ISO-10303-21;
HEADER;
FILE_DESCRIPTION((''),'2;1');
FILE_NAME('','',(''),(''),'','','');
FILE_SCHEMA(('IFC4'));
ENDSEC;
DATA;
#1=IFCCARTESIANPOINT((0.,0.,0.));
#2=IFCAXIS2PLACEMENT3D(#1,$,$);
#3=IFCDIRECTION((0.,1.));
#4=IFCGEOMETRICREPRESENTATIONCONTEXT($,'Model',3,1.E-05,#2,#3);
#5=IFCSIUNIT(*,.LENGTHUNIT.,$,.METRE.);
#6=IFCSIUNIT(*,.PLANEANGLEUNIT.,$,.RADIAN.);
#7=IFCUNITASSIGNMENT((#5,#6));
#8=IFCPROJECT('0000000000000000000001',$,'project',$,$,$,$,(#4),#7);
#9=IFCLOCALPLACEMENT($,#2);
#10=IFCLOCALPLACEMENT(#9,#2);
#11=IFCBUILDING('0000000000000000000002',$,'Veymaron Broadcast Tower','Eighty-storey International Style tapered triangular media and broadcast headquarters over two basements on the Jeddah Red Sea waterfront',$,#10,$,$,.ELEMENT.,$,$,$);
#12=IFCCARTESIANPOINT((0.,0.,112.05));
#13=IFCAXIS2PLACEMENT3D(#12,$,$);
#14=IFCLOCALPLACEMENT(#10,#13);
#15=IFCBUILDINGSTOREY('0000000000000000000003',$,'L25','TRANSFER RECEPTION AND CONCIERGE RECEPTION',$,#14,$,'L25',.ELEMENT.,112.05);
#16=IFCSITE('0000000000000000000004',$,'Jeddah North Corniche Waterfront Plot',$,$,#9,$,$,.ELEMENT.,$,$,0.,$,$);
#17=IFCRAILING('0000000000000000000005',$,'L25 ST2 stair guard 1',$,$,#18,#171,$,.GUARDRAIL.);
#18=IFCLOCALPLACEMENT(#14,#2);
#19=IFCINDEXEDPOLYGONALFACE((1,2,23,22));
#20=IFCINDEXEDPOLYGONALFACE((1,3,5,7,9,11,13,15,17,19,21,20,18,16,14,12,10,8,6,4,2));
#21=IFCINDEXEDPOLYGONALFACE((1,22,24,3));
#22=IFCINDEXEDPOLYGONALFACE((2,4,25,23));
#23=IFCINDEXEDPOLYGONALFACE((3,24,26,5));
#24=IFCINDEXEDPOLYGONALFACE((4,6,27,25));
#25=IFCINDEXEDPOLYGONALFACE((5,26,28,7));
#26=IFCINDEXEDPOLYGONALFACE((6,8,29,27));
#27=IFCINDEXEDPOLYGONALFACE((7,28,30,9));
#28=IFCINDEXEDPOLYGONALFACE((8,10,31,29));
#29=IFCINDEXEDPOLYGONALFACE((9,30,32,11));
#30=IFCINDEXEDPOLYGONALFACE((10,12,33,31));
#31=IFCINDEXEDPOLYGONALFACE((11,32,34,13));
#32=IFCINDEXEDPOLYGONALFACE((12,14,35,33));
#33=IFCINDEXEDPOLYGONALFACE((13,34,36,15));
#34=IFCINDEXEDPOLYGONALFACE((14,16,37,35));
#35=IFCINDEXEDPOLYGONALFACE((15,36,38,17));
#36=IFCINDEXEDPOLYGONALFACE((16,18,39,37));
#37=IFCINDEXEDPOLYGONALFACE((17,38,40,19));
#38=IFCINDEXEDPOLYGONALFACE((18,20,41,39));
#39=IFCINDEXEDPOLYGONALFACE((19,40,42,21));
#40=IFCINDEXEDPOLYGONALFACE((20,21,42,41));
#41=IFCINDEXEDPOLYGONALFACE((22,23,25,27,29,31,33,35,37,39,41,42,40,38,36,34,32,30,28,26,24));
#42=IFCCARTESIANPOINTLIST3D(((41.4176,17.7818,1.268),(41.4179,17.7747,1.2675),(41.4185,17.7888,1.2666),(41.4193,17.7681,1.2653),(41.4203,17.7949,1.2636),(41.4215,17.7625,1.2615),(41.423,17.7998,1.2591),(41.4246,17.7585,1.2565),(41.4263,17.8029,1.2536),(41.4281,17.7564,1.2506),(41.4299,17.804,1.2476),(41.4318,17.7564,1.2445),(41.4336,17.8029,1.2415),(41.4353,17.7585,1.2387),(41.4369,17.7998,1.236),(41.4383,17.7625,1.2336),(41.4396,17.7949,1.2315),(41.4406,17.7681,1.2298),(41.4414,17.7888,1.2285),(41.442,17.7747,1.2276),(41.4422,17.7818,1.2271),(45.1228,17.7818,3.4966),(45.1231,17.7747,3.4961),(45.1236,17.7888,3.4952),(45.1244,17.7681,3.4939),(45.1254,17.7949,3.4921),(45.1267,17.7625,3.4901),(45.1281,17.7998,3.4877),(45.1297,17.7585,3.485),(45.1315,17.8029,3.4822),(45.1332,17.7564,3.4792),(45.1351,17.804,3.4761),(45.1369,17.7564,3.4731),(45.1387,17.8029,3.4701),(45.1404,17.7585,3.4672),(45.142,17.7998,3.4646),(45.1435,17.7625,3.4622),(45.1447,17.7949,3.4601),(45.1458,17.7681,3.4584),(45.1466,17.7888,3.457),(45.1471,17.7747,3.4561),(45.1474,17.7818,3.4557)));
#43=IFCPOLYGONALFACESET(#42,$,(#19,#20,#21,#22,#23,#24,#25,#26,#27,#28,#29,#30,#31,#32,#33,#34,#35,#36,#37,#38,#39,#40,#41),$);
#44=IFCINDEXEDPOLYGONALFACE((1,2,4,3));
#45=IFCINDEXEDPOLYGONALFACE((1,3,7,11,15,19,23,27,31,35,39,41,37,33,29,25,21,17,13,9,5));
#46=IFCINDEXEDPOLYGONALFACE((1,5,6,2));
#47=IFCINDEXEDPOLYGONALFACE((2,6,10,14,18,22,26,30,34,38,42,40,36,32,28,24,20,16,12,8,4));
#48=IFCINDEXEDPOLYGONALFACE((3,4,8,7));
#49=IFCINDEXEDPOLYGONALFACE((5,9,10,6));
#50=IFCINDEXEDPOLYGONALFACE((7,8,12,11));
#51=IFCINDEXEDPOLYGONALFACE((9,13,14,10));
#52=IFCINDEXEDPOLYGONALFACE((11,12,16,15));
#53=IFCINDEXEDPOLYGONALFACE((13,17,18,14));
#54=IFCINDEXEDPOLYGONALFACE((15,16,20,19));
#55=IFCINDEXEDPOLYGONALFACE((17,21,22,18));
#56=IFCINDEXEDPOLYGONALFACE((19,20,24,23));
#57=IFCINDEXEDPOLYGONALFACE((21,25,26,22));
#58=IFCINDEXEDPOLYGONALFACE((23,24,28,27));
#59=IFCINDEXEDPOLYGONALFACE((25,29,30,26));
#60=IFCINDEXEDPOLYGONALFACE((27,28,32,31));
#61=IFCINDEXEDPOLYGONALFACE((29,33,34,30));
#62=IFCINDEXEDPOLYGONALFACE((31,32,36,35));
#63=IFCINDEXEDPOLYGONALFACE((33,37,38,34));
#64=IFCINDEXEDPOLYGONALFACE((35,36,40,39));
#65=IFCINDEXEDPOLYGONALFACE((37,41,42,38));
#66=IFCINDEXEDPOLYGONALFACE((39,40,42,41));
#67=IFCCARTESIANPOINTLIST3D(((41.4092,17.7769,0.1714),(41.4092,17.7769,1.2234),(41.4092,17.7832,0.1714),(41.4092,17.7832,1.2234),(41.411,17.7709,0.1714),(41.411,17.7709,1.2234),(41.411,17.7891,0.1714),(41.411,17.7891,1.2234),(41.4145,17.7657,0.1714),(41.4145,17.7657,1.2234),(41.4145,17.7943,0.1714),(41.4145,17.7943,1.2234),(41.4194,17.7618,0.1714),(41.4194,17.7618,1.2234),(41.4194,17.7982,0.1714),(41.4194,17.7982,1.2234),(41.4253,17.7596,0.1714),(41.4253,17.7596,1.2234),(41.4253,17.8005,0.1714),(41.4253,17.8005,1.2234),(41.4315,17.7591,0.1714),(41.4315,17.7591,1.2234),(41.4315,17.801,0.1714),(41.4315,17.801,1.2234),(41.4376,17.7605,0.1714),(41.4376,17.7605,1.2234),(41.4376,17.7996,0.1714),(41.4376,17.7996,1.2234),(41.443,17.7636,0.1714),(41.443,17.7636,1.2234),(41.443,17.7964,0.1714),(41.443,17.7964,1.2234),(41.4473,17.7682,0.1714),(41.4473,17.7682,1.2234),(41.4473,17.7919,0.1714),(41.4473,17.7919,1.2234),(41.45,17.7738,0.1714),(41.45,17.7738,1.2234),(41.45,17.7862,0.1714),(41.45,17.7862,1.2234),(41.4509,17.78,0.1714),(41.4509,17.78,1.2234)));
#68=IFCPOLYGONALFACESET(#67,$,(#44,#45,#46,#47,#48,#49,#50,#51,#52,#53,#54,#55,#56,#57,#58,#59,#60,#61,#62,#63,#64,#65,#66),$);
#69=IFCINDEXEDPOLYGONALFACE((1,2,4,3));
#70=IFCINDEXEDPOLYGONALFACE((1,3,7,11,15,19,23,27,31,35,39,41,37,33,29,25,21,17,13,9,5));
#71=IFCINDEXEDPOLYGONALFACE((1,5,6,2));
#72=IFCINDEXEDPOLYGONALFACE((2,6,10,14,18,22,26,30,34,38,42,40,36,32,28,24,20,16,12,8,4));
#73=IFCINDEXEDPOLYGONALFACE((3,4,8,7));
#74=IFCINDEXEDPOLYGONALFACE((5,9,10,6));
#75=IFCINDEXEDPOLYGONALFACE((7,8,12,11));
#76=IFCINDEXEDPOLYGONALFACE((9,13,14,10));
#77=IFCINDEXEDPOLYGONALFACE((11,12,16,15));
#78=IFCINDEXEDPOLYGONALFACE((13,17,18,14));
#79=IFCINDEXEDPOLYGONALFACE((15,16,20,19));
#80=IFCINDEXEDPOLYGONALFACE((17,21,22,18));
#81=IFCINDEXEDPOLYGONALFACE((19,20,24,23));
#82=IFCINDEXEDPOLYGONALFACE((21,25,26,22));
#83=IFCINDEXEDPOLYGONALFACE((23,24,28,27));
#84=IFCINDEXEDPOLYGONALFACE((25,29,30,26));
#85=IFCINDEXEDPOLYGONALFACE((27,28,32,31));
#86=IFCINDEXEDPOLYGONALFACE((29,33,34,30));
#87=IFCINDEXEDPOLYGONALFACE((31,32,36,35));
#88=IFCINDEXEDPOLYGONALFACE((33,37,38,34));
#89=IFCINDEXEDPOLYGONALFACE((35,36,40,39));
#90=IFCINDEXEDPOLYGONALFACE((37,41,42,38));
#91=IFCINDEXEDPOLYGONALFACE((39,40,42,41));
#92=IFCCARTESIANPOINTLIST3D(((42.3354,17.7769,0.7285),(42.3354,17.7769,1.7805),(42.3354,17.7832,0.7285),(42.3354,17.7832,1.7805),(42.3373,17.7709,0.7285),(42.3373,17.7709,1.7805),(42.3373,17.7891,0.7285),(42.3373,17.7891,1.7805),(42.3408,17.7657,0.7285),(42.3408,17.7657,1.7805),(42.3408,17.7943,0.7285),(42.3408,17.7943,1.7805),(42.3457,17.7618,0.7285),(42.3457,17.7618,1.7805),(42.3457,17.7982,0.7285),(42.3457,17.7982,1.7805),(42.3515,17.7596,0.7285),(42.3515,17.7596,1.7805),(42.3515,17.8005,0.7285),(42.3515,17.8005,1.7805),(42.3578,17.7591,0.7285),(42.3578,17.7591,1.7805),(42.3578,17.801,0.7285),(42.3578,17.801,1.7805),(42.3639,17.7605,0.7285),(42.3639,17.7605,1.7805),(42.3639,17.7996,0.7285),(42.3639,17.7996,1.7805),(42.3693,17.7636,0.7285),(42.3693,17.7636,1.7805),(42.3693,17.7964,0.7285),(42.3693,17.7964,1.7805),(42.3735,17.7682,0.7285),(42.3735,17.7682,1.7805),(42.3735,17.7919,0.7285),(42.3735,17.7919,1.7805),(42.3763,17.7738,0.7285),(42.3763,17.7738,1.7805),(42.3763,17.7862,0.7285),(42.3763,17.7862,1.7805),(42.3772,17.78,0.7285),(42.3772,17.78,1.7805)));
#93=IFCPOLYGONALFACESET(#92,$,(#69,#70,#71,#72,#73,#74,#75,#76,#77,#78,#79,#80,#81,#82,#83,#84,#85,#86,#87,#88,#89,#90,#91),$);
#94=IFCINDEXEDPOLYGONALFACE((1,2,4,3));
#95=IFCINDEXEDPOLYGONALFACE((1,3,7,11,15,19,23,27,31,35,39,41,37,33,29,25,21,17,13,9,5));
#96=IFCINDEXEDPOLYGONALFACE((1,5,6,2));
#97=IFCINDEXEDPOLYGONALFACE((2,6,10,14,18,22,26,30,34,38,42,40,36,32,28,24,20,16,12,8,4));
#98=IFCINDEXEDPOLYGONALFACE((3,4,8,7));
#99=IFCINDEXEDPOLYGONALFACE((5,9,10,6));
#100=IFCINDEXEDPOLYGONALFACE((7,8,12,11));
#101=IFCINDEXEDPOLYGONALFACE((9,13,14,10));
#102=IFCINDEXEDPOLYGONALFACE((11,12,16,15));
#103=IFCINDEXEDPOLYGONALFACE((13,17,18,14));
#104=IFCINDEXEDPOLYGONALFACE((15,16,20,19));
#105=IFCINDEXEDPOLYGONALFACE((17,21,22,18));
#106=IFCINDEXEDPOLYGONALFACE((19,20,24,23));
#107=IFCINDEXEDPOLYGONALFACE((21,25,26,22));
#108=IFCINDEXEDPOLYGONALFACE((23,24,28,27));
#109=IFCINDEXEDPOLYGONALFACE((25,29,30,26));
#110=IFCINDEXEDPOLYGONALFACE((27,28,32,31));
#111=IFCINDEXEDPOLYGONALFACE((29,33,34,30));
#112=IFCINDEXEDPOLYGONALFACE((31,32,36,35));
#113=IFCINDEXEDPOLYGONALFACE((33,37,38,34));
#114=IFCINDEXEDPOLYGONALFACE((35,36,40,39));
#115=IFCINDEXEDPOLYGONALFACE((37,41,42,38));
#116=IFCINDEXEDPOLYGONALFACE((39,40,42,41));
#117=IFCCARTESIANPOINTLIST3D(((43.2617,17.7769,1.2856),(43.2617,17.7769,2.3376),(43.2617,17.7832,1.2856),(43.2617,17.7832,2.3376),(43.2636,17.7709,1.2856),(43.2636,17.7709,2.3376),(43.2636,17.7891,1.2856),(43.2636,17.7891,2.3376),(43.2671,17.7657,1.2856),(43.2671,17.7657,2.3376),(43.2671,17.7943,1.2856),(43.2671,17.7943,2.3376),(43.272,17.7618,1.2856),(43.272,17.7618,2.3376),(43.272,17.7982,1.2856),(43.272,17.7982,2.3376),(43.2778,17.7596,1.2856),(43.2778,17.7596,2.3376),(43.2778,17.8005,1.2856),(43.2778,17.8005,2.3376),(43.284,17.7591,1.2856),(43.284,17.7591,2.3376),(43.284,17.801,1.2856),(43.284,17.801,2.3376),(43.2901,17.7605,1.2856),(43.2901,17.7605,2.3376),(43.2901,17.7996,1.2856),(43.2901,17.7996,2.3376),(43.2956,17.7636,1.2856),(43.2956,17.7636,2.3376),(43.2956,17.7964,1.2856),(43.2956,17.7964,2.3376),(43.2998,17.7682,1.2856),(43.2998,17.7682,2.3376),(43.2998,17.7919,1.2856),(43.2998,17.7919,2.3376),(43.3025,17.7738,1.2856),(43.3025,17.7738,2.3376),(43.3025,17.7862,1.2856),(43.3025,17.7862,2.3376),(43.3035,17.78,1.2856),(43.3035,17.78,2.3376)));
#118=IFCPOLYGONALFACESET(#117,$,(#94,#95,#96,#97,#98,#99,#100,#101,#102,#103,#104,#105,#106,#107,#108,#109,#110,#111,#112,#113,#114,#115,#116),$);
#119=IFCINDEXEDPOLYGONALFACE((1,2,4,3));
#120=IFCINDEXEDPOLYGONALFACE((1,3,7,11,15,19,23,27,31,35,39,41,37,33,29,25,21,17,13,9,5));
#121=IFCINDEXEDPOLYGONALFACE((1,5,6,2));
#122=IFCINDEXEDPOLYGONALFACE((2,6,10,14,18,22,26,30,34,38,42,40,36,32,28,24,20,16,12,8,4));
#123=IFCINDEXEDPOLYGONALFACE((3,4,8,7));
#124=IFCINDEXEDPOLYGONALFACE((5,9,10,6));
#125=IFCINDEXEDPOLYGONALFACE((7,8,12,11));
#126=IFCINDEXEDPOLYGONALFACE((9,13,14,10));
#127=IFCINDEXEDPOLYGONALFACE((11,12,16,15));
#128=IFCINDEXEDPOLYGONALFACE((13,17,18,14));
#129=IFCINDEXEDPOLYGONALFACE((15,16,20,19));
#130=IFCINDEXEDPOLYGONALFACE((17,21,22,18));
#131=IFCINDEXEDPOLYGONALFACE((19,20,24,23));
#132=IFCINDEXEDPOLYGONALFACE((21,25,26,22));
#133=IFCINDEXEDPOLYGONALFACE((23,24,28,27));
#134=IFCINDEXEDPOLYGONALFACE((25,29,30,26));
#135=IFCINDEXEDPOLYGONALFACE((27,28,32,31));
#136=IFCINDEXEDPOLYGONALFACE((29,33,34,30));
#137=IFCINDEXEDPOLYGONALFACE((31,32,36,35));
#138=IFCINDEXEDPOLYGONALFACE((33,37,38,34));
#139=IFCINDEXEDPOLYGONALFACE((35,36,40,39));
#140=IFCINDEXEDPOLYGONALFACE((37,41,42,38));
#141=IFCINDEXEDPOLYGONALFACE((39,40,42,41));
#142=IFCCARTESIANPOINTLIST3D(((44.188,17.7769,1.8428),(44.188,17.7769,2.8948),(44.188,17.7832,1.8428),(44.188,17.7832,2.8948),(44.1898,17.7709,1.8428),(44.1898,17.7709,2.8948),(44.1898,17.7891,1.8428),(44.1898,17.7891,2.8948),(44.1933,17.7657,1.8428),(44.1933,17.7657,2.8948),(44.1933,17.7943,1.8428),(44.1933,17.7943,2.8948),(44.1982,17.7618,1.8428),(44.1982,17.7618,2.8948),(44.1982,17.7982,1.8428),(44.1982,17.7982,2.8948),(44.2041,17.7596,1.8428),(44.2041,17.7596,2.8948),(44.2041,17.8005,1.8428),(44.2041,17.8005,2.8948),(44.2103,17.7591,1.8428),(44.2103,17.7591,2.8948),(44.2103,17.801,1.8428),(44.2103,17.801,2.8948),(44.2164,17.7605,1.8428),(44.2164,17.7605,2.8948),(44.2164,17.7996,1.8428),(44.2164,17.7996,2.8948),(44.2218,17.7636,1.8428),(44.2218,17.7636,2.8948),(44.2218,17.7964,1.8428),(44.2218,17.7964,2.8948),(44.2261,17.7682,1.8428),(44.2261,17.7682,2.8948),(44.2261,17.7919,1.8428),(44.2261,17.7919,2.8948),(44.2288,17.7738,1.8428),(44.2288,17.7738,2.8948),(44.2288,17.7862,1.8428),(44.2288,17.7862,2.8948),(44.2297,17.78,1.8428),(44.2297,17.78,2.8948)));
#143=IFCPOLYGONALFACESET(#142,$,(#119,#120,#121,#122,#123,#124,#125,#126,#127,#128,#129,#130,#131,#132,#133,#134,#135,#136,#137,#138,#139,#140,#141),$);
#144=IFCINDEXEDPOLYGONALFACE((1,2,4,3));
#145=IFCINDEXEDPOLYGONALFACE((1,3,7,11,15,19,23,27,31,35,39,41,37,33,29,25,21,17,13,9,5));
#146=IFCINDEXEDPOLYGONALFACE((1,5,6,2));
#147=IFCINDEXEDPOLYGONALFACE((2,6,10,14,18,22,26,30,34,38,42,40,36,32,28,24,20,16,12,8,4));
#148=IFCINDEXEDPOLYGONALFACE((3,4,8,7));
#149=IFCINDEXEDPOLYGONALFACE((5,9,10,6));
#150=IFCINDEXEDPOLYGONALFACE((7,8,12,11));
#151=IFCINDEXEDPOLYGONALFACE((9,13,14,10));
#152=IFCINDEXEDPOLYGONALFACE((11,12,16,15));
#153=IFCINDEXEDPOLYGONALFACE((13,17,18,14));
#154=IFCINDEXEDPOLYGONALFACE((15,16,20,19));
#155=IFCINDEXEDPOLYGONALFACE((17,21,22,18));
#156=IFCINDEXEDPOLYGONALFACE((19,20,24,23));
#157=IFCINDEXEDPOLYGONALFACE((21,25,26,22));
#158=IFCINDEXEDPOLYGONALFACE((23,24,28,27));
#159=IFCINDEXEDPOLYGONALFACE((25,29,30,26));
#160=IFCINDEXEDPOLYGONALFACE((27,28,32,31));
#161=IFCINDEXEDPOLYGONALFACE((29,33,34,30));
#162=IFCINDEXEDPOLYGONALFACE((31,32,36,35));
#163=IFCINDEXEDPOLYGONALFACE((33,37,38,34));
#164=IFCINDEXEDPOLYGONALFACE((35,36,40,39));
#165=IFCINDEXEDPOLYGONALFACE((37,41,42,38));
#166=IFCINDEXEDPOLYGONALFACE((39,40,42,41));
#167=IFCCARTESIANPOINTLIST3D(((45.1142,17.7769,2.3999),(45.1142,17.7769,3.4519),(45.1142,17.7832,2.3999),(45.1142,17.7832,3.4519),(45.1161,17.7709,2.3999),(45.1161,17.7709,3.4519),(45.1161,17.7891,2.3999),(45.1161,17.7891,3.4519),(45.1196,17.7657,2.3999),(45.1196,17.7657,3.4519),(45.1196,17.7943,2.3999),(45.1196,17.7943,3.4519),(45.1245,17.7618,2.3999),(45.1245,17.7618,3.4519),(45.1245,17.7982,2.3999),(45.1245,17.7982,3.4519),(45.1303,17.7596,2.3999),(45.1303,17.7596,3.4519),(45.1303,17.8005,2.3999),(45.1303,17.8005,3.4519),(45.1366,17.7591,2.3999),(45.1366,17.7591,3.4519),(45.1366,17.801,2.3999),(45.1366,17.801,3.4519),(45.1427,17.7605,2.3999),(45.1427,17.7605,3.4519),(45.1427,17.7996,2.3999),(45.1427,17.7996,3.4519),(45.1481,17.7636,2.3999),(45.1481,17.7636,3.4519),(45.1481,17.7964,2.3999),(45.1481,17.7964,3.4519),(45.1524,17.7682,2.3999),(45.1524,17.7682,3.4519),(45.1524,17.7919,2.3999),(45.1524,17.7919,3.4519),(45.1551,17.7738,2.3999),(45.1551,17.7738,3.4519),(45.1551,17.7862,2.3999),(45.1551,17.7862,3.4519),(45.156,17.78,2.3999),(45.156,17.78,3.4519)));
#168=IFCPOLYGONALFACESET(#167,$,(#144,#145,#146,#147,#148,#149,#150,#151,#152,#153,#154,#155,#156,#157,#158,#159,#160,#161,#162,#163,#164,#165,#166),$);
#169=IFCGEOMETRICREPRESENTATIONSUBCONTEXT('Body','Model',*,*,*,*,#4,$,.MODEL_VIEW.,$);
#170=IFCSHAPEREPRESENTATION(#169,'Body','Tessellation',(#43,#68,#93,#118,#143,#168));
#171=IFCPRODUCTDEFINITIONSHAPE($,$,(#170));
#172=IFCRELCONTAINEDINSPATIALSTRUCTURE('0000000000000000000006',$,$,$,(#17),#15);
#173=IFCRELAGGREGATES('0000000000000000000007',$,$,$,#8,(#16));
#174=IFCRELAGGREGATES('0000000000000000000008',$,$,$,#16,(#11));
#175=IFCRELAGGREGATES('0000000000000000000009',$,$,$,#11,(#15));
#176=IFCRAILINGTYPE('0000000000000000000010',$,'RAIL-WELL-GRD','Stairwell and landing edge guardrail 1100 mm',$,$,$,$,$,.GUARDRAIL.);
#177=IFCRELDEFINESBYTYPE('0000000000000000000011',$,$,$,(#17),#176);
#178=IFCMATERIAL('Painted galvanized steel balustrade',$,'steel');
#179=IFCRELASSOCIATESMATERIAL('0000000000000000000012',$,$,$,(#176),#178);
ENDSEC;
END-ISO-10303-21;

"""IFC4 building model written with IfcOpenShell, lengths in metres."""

from ifc_helpers import new_model, si_unit, direction, frame, origin, origin_2d, place, context, subcontext, project, spatial, circle, extrude, material, type_object, element, save


model = new_model("IFC4")

# Units and contexts
model_context = context("Model", 3, precision=1e-05, world=origin(), true_north=direction((0.0, 1.0)))
body_context = subcontext(model_context, "Body", "Model", "MODEL_VIEW")
ifc_project = project(units=[si_unit("LENGTHUNIT", "METRE"), si_unit("PLANEANGLEUNIT", "RADIAN")], contexts=[model_context])

# Site, building, storey
site_placement = place(None, origin())
site = spatial("IfcSite", under=ifc_project, at=site_placement, Name="Jeddah North Corniche Waterfront Plot", CompositionType="ELEMENT", RefElevation=0.0)
building_placement = place(site_placement, origin())
building = spatial("IfcBuilding", under=site, at=building_placement, Name="Veymaron Broadcast Tower", Description="Eighty-storey International Style tapered triangular media and broadcast headquarters over two basements on the Jeddah Red Sea waterfront", CompositionType="ELEMENT")
storey_placement = place(building_placement, frame((0.0, 0.0, 112.05)))
storey = spatial("IfcBuildingStorey", under=building, at=storey_placement, Name="L25", Description="TRANSFER RECEPTION AND CONCIERGE RECEPTION", LongName="L25", CompositionType="ELEMENT", Elevation=112.05)

# Railing
ifc_material_1 = material(Name="Painted galvanized steel balustrade", Category="steel")
railing_type_1 = type_object("IfcRailingType", Name="RAIL-WELL-GRD", Description="Stairwell and landing edge guardrail 1100 mm", PredefinedType="GUARDRAIL", material=ifc_material_1)
railing_1_placement = place(storey_placement, frame((41.4299, 17.78, 0.1714)))
element("IfcRailing", 1, at=railing_1_placement, inside=storey, type_object=railing_type_1, Name="L25 ST2 stair guard 1", PredefinedType="GUARDRAIL", context=body_context, shape_type="SweptSolid", body=[
    extrude(circle(Radius=0.0239, at=origin_2d()), frame((0.0, 0.0, 1.0762), z_axis=(0.856934, 0.0, 0.515425), x_axis=(0.0, 1.0, 0.0)), (0.0, 0.0, 1.0), 4.3237),
    extrude(circle(Radius=0.021, at=origin_2d()), origin(), (0.0, 0.0, 1.0), 1.052),
    extrude(circle(Radius=0.021, at=origin_2d()), frame((0.9263, 0.0, 0.5571)), (0.0, 0.0, 1.0), 1.052),
    extrude(circle(Radius=0.021, at=origin_2d()), frame((1.8525, 0.0, 1.1143)), (0.0, 0.0, 1.0), 1.052),
    extrude(circle(Radius=0.021, at=origin_2d()), frame((2.7788, 0.0, 1.6714)), (0.0, 0.0, 1.0), 1.052),
    extrude(circle(Radius=0.021, at=origin_2d()), frame((3.7051, 0.0, 2.2285)), (0.0, 0.0, 1.0), 1.052),
])

save(model, "model.ifc")
